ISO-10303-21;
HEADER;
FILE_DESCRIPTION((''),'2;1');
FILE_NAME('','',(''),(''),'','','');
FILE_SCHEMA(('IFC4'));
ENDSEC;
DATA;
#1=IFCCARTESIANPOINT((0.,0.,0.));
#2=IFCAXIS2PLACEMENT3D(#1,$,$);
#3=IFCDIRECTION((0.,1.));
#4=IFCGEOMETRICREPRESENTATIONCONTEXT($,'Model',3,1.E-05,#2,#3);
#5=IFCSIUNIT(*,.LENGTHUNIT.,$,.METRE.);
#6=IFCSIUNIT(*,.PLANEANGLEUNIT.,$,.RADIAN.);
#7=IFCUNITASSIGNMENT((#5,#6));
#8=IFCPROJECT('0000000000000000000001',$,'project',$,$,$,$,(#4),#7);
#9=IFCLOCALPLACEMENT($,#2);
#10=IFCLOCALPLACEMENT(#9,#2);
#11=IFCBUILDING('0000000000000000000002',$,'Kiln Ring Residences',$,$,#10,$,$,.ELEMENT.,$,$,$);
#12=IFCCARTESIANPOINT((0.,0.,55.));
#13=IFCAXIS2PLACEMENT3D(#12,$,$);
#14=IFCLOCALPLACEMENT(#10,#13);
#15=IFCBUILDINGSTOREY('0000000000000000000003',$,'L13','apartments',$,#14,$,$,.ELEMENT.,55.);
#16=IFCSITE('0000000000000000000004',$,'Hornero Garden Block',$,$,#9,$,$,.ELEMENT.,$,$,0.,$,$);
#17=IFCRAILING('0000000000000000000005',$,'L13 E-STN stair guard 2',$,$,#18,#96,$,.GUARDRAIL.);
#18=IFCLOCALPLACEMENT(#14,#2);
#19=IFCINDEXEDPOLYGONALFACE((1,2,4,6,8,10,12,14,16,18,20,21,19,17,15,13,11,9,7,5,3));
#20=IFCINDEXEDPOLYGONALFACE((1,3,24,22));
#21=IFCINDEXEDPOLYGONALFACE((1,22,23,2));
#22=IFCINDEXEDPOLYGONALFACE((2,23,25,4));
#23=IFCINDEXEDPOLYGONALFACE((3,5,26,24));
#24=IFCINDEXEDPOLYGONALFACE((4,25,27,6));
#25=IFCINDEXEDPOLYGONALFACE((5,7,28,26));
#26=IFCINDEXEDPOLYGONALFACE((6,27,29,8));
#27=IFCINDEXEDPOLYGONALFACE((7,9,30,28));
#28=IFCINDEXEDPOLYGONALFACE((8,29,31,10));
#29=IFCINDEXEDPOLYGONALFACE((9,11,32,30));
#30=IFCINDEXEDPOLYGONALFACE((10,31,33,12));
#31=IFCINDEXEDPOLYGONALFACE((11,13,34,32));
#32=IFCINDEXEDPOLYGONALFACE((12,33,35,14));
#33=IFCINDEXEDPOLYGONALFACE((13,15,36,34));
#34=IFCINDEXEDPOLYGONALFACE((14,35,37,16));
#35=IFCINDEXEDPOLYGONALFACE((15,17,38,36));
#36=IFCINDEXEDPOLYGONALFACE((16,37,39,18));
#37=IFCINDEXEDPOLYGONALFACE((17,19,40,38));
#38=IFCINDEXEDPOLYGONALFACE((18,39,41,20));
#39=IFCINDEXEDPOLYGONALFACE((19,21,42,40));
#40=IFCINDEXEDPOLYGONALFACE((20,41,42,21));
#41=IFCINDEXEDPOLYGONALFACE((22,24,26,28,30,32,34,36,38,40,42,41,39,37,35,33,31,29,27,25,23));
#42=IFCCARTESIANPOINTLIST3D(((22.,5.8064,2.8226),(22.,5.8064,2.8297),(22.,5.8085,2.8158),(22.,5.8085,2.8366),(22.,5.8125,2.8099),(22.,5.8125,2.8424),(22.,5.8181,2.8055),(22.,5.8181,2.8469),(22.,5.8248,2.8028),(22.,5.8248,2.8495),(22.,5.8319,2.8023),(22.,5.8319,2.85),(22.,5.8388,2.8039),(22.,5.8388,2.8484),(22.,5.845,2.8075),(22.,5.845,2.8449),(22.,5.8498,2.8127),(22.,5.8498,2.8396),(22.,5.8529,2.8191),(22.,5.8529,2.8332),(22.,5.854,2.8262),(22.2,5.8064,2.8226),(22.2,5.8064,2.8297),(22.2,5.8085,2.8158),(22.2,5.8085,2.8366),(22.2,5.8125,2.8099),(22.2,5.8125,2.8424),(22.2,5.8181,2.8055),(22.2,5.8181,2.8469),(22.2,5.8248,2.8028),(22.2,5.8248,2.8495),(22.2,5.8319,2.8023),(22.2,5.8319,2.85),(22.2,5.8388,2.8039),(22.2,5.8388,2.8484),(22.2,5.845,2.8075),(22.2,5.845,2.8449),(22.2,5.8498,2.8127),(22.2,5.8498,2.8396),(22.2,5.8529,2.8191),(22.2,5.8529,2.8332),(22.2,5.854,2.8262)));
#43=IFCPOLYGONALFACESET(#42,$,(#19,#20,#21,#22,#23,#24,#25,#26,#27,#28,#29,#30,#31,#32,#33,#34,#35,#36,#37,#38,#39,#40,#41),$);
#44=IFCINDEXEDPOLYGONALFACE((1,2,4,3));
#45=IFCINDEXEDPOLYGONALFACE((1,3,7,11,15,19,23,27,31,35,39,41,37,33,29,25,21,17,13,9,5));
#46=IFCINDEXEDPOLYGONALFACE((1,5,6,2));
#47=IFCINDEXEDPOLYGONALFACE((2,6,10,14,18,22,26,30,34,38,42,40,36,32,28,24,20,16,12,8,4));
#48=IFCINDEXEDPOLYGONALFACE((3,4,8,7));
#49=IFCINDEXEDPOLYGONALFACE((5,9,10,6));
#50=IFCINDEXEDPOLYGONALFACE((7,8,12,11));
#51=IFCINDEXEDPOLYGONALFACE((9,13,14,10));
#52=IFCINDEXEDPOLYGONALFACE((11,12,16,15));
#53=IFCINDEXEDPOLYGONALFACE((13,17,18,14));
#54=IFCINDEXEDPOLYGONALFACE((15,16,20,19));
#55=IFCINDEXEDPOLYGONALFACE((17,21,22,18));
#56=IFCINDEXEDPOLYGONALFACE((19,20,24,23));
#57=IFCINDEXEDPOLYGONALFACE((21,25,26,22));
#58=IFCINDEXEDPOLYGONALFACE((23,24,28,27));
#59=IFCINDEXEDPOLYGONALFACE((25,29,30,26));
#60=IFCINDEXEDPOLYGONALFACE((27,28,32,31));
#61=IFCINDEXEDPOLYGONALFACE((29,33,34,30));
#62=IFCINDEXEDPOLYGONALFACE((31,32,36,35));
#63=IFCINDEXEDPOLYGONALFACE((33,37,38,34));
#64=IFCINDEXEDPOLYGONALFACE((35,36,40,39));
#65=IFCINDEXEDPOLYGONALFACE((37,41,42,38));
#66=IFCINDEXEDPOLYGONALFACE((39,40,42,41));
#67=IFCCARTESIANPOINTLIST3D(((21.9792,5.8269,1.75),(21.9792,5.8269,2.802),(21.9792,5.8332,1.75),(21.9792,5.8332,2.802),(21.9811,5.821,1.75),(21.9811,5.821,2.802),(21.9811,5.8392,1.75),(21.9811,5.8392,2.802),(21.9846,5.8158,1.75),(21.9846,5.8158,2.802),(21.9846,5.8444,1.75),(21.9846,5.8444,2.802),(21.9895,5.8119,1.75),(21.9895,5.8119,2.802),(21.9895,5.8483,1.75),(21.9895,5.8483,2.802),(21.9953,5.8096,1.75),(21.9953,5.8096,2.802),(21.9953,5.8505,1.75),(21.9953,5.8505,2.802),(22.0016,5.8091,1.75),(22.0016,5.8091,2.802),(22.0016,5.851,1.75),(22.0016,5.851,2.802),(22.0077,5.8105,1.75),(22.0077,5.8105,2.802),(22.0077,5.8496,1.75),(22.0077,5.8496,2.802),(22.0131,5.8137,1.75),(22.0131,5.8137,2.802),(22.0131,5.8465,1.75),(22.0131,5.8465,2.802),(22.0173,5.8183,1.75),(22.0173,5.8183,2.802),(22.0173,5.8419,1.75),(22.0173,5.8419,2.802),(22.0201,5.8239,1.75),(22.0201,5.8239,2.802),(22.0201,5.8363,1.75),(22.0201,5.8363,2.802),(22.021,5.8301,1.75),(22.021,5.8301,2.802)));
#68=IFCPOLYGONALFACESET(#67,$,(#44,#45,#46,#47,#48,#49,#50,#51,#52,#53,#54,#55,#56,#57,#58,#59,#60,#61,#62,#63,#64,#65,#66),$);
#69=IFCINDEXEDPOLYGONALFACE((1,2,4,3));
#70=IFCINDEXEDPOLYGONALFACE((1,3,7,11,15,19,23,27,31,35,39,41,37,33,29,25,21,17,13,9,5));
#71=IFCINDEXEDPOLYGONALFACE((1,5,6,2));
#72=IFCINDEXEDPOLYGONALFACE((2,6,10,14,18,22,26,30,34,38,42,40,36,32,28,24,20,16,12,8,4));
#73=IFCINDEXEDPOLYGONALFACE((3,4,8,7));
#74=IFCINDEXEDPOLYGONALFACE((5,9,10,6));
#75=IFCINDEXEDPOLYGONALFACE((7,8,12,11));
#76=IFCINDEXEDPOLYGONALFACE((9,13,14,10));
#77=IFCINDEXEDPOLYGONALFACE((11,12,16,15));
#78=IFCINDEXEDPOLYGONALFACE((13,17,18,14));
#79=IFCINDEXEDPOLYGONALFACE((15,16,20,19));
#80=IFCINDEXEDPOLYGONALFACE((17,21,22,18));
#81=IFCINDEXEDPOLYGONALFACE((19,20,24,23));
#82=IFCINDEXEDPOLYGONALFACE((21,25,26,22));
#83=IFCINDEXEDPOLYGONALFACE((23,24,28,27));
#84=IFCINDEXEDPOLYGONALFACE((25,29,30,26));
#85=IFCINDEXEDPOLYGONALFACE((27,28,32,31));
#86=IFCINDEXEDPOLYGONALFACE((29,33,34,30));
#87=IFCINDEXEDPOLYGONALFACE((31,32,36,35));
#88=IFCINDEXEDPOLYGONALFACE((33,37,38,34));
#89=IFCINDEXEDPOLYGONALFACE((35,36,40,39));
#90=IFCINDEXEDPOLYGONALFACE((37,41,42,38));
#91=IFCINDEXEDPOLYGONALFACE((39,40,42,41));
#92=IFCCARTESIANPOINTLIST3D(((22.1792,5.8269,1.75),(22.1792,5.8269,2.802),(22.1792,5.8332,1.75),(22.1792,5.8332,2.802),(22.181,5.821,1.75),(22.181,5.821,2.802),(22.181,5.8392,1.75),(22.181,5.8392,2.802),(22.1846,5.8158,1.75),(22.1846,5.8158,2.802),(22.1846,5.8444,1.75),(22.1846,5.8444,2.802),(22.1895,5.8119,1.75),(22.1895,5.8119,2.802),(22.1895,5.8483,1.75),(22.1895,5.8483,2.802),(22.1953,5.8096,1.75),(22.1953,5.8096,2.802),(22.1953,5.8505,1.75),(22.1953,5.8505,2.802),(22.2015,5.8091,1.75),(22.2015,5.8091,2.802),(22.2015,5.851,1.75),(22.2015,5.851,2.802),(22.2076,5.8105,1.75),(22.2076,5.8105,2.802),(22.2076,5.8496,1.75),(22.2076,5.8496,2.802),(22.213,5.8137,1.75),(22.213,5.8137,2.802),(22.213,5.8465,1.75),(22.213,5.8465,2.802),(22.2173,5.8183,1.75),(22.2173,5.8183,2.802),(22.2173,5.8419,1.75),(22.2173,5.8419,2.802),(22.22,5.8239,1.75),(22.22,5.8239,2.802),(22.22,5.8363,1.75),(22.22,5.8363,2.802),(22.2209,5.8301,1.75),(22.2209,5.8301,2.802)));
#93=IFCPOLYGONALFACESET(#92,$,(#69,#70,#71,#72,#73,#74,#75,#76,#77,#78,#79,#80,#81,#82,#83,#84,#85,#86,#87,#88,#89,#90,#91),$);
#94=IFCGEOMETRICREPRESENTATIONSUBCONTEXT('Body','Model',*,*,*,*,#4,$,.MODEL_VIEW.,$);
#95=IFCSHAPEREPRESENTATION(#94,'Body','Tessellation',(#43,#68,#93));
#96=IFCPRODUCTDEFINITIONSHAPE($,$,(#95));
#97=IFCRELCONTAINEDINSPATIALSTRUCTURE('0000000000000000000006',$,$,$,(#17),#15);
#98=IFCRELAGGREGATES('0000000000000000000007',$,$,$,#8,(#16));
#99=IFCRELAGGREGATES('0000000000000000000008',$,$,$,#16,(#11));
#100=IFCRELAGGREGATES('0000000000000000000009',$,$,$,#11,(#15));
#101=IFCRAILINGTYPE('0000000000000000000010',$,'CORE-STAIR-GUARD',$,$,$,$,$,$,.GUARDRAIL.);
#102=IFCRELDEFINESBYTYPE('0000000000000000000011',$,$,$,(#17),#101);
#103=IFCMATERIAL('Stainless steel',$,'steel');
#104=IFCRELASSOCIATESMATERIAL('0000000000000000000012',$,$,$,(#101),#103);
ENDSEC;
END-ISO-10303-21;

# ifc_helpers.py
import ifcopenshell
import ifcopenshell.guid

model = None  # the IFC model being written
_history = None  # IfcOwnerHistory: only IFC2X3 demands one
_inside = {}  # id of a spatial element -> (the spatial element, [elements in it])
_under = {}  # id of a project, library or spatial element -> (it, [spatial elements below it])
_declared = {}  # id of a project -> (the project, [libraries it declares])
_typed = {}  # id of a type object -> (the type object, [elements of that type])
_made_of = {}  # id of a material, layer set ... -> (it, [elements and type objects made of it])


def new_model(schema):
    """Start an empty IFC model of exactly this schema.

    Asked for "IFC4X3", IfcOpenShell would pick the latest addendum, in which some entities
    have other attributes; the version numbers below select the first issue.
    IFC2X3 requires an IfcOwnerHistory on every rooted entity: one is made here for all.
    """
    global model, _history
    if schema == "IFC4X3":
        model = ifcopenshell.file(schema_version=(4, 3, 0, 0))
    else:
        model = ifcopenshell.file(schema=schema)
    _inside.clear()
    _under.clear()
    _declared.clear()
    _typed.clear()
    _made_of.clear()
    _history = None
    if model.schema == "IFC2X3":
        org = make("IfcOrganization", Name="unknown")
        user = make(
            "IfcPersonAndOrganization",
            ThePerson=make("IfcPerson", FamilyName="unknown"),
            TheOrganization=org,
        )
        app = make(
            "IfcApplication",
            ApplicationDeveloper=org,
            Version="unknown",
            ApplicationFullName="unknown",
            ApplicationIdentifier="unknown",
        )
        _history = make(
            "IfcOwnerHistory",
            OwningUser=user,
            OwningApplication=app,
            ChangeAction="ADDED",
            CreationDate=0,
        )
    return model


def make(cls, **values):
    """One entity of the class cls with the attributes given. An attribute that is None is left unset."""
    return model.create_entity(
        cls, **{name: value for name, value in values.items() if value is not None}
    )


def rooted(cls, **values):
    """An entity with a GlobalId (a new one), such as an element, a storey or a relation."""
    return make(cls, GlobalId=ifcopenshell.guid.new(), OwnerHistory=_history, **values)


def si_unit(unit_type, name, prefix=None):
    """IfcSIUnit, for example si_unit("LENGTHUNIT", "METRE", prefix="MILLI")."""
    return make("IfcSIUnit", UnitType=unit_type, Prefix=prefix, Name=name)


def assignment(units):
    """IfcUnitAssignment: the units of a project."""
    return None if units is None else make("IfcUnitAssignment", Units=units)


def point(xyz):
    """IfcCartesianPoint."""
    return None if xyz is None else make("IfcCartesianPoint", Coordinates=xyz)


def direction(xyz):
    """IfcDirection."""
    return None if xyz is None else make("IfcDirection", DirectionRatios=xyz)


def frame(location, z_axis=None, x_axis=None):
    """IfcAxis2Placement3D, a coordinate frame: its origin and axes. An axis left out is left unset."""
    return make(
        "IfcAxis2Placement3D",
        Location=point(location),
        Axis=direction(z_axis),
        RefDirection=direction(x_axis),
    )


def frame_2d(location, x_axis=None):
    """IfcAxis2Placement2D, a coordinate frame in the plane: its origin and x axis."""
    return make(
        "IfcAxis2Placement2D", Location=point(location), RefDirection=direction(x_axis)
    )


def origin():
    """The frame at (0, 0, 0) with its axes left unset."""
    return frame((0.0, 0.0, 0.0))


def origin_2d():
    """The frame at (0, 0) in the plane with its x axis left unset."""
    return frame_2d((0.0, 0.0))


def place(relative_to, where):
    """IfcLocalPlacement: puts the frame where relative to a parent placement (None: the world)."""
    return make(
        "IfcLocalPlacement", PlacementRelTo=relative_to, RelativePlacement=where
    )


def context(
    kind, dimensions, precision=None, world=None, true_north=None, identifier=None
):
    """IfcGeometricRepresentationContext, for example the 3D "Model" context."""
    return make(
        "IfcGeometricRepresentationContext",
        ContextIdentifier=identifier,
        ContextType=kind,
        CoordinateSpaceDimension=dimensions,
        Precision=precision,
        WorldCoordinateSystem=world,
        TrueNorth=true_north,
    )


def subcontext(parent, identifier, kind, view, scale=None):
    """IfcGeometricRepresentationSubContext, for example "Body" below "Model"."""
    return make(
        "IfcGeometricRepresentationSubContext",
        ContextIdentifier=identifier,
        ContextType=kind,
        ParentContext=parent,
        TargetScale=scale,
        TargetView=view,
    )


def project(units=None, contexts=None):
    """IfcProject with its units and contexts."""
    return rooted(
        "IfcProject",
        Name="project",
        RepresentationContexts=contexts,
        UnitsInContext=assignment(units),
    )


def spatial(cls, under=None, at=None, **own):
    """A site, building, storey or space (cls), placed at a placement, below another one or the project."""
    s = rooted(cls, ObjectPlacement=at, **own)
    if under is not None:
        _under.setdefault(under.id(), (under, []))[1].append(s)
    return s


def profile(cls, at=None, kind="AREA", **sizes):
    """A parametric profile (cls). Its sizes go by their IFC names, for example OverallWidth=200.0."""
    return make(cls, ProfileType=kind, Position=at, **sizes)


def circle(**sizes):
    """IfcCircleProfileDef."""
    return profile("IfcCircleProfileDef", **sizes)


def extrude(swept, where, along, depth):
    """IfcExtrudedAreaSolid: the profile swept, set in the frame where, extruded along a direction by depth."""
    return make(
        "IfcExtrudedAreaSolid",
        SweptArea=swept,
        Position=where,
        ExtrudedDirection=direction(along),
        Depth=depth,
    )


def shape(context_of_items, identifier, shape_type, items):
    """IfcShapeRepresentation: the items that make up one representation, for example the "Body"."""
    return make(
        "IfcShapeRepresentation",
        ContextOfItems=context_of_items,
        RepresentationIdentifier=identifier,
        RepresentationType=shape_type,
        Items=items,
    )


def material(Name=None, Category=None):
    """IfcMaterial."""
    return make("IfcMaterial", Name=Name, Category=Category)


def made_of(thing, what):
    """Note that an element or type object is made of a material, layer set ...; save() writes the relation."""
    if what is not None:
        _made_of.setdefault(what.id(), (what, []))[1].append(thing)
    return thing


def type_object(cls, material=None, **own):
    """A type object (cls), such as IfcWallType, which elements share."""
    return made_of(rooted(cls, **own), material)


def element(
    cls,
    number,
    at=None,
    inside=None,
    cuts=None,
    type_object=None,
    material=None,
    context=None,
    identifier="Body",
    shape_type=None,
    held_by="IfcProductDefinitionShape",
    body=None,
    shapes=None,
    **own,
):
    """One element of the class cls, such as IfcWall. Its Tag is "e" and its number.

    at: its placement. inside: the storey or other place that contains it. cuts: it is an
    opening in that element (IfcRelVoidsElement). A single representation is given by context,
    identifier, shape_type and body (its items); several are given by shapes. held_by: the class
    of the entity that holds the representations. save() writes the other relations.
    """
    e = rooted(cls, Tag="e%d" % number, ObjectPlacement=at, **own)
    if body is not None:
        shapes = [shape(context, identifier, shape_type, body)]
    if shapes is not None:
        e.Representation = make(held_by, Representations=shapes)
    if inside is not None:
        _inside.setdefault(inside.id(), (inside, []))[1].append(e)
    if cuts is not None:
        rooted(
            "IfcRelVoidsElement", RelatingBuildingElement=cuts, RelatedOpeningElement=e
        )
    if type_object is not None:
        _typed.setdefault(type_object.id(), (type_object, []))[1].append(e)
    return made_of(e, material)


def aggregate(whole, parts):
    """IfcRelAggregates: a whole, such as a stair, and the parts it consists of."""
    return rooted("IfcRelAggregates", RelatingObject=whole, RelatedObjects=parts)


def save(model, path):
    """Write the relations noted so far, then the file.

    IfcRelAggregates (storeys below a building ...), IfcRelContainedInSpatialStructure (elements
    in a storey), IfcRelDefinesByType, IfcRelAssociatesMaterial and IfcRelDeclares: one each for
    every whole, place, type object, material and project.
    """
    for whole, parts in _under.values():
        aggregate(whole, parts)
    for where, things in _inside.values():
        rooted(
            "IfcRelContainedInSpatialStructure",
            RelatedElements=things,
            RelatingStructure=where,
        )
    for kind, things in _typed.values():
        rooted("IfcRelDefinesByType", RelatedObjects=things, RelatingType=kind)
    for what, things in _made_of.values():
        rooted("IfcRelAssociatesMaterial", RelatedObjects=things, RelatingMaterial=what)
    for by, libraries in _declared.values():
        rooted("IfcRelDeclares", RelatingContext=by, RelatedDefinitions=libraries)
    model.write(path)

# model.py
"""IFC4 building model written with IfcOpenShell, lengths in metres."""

from ifc_helpers import new_model, si_unit, direction, frame, origin, origin_2d, place, context, subcontext, project, spatial, circle, extrude, material, type_object, element, save


model = new_model("IFC4")

# Units and contexts
model_context = context("Model", 3, precision=1e-05, world=origin(), true_north=direction((0.0, 1.0)))
body_context = subcontext(model_context, "Body", "Model", "MODEL_VIEW")
ifc_project = project(units=[si_unit("LENGTHUNIT", "METRE"), si_unit("PLANEANGLEUNIT", "RADIAN")], contexts=[model_context])

# Site, building, storey
site_placement = place(None, origin())
site = spatial("IfcSite", under=ifc_project, at=site_placement, Name="Hornero Garden Block", CompositionType="ELEMENT", RefElevation=0.0)
building_placement = place(site_placement, origin())
building = spatial("IfcBuilding", under=site, at=building_placement, Name="Kiln Ring Residences", CompositionType="ELEMENT")
storey_placement = place(building_placement, frame((0.0, 0.0, 55.0)))
storey = spatial("IfcBuildingStorey", under=building, at=storey_placement, Name="L13", Description="apartments", CompositionType="ELEMENT", Elevation=55.0)

# Railing
ifc_material_1 = material(Name="Stainless steel", Category="steel")
railing_type_1 = type_object("IfcRailingType", Name="CORE-STAIR-GUARD", PredefinedType="GUARDRAIL", material=ifc_material_1)
railing_1_placement = place(storey_placement, frame((22.0, 5.8301, 1.75)))
element("IfcRailing", 1, at=railing_1_placement, inside=storey, type_object=railing_type_1, Name="L13 E-STN stair guard 2", PredefinedType="GUARDRAIL", context=body_context, shape_type="SweptSolid", body=[
    extrude(circle(Radius=0.0239, at=origin_2d()), frame((0.0, 0.0, 1.0762), z_axis=(1.0, 0.0, 0.0), x_axis=(0.0, 1.0, 0.0)), (0.0, 0.0, 1.0), 0.2),
    extrude(circle(Radius=0.021, at=origin_2d()), origin(), (0.0, 0.0, 1.0), 1.052),
    extrude(circle(Radius=0.021, at=origin_2d()), frame((0.2, 0.0, 0.0)), (0.0, 0.0, 1.0), 1.052),
])

save(model, "model.ifc")
